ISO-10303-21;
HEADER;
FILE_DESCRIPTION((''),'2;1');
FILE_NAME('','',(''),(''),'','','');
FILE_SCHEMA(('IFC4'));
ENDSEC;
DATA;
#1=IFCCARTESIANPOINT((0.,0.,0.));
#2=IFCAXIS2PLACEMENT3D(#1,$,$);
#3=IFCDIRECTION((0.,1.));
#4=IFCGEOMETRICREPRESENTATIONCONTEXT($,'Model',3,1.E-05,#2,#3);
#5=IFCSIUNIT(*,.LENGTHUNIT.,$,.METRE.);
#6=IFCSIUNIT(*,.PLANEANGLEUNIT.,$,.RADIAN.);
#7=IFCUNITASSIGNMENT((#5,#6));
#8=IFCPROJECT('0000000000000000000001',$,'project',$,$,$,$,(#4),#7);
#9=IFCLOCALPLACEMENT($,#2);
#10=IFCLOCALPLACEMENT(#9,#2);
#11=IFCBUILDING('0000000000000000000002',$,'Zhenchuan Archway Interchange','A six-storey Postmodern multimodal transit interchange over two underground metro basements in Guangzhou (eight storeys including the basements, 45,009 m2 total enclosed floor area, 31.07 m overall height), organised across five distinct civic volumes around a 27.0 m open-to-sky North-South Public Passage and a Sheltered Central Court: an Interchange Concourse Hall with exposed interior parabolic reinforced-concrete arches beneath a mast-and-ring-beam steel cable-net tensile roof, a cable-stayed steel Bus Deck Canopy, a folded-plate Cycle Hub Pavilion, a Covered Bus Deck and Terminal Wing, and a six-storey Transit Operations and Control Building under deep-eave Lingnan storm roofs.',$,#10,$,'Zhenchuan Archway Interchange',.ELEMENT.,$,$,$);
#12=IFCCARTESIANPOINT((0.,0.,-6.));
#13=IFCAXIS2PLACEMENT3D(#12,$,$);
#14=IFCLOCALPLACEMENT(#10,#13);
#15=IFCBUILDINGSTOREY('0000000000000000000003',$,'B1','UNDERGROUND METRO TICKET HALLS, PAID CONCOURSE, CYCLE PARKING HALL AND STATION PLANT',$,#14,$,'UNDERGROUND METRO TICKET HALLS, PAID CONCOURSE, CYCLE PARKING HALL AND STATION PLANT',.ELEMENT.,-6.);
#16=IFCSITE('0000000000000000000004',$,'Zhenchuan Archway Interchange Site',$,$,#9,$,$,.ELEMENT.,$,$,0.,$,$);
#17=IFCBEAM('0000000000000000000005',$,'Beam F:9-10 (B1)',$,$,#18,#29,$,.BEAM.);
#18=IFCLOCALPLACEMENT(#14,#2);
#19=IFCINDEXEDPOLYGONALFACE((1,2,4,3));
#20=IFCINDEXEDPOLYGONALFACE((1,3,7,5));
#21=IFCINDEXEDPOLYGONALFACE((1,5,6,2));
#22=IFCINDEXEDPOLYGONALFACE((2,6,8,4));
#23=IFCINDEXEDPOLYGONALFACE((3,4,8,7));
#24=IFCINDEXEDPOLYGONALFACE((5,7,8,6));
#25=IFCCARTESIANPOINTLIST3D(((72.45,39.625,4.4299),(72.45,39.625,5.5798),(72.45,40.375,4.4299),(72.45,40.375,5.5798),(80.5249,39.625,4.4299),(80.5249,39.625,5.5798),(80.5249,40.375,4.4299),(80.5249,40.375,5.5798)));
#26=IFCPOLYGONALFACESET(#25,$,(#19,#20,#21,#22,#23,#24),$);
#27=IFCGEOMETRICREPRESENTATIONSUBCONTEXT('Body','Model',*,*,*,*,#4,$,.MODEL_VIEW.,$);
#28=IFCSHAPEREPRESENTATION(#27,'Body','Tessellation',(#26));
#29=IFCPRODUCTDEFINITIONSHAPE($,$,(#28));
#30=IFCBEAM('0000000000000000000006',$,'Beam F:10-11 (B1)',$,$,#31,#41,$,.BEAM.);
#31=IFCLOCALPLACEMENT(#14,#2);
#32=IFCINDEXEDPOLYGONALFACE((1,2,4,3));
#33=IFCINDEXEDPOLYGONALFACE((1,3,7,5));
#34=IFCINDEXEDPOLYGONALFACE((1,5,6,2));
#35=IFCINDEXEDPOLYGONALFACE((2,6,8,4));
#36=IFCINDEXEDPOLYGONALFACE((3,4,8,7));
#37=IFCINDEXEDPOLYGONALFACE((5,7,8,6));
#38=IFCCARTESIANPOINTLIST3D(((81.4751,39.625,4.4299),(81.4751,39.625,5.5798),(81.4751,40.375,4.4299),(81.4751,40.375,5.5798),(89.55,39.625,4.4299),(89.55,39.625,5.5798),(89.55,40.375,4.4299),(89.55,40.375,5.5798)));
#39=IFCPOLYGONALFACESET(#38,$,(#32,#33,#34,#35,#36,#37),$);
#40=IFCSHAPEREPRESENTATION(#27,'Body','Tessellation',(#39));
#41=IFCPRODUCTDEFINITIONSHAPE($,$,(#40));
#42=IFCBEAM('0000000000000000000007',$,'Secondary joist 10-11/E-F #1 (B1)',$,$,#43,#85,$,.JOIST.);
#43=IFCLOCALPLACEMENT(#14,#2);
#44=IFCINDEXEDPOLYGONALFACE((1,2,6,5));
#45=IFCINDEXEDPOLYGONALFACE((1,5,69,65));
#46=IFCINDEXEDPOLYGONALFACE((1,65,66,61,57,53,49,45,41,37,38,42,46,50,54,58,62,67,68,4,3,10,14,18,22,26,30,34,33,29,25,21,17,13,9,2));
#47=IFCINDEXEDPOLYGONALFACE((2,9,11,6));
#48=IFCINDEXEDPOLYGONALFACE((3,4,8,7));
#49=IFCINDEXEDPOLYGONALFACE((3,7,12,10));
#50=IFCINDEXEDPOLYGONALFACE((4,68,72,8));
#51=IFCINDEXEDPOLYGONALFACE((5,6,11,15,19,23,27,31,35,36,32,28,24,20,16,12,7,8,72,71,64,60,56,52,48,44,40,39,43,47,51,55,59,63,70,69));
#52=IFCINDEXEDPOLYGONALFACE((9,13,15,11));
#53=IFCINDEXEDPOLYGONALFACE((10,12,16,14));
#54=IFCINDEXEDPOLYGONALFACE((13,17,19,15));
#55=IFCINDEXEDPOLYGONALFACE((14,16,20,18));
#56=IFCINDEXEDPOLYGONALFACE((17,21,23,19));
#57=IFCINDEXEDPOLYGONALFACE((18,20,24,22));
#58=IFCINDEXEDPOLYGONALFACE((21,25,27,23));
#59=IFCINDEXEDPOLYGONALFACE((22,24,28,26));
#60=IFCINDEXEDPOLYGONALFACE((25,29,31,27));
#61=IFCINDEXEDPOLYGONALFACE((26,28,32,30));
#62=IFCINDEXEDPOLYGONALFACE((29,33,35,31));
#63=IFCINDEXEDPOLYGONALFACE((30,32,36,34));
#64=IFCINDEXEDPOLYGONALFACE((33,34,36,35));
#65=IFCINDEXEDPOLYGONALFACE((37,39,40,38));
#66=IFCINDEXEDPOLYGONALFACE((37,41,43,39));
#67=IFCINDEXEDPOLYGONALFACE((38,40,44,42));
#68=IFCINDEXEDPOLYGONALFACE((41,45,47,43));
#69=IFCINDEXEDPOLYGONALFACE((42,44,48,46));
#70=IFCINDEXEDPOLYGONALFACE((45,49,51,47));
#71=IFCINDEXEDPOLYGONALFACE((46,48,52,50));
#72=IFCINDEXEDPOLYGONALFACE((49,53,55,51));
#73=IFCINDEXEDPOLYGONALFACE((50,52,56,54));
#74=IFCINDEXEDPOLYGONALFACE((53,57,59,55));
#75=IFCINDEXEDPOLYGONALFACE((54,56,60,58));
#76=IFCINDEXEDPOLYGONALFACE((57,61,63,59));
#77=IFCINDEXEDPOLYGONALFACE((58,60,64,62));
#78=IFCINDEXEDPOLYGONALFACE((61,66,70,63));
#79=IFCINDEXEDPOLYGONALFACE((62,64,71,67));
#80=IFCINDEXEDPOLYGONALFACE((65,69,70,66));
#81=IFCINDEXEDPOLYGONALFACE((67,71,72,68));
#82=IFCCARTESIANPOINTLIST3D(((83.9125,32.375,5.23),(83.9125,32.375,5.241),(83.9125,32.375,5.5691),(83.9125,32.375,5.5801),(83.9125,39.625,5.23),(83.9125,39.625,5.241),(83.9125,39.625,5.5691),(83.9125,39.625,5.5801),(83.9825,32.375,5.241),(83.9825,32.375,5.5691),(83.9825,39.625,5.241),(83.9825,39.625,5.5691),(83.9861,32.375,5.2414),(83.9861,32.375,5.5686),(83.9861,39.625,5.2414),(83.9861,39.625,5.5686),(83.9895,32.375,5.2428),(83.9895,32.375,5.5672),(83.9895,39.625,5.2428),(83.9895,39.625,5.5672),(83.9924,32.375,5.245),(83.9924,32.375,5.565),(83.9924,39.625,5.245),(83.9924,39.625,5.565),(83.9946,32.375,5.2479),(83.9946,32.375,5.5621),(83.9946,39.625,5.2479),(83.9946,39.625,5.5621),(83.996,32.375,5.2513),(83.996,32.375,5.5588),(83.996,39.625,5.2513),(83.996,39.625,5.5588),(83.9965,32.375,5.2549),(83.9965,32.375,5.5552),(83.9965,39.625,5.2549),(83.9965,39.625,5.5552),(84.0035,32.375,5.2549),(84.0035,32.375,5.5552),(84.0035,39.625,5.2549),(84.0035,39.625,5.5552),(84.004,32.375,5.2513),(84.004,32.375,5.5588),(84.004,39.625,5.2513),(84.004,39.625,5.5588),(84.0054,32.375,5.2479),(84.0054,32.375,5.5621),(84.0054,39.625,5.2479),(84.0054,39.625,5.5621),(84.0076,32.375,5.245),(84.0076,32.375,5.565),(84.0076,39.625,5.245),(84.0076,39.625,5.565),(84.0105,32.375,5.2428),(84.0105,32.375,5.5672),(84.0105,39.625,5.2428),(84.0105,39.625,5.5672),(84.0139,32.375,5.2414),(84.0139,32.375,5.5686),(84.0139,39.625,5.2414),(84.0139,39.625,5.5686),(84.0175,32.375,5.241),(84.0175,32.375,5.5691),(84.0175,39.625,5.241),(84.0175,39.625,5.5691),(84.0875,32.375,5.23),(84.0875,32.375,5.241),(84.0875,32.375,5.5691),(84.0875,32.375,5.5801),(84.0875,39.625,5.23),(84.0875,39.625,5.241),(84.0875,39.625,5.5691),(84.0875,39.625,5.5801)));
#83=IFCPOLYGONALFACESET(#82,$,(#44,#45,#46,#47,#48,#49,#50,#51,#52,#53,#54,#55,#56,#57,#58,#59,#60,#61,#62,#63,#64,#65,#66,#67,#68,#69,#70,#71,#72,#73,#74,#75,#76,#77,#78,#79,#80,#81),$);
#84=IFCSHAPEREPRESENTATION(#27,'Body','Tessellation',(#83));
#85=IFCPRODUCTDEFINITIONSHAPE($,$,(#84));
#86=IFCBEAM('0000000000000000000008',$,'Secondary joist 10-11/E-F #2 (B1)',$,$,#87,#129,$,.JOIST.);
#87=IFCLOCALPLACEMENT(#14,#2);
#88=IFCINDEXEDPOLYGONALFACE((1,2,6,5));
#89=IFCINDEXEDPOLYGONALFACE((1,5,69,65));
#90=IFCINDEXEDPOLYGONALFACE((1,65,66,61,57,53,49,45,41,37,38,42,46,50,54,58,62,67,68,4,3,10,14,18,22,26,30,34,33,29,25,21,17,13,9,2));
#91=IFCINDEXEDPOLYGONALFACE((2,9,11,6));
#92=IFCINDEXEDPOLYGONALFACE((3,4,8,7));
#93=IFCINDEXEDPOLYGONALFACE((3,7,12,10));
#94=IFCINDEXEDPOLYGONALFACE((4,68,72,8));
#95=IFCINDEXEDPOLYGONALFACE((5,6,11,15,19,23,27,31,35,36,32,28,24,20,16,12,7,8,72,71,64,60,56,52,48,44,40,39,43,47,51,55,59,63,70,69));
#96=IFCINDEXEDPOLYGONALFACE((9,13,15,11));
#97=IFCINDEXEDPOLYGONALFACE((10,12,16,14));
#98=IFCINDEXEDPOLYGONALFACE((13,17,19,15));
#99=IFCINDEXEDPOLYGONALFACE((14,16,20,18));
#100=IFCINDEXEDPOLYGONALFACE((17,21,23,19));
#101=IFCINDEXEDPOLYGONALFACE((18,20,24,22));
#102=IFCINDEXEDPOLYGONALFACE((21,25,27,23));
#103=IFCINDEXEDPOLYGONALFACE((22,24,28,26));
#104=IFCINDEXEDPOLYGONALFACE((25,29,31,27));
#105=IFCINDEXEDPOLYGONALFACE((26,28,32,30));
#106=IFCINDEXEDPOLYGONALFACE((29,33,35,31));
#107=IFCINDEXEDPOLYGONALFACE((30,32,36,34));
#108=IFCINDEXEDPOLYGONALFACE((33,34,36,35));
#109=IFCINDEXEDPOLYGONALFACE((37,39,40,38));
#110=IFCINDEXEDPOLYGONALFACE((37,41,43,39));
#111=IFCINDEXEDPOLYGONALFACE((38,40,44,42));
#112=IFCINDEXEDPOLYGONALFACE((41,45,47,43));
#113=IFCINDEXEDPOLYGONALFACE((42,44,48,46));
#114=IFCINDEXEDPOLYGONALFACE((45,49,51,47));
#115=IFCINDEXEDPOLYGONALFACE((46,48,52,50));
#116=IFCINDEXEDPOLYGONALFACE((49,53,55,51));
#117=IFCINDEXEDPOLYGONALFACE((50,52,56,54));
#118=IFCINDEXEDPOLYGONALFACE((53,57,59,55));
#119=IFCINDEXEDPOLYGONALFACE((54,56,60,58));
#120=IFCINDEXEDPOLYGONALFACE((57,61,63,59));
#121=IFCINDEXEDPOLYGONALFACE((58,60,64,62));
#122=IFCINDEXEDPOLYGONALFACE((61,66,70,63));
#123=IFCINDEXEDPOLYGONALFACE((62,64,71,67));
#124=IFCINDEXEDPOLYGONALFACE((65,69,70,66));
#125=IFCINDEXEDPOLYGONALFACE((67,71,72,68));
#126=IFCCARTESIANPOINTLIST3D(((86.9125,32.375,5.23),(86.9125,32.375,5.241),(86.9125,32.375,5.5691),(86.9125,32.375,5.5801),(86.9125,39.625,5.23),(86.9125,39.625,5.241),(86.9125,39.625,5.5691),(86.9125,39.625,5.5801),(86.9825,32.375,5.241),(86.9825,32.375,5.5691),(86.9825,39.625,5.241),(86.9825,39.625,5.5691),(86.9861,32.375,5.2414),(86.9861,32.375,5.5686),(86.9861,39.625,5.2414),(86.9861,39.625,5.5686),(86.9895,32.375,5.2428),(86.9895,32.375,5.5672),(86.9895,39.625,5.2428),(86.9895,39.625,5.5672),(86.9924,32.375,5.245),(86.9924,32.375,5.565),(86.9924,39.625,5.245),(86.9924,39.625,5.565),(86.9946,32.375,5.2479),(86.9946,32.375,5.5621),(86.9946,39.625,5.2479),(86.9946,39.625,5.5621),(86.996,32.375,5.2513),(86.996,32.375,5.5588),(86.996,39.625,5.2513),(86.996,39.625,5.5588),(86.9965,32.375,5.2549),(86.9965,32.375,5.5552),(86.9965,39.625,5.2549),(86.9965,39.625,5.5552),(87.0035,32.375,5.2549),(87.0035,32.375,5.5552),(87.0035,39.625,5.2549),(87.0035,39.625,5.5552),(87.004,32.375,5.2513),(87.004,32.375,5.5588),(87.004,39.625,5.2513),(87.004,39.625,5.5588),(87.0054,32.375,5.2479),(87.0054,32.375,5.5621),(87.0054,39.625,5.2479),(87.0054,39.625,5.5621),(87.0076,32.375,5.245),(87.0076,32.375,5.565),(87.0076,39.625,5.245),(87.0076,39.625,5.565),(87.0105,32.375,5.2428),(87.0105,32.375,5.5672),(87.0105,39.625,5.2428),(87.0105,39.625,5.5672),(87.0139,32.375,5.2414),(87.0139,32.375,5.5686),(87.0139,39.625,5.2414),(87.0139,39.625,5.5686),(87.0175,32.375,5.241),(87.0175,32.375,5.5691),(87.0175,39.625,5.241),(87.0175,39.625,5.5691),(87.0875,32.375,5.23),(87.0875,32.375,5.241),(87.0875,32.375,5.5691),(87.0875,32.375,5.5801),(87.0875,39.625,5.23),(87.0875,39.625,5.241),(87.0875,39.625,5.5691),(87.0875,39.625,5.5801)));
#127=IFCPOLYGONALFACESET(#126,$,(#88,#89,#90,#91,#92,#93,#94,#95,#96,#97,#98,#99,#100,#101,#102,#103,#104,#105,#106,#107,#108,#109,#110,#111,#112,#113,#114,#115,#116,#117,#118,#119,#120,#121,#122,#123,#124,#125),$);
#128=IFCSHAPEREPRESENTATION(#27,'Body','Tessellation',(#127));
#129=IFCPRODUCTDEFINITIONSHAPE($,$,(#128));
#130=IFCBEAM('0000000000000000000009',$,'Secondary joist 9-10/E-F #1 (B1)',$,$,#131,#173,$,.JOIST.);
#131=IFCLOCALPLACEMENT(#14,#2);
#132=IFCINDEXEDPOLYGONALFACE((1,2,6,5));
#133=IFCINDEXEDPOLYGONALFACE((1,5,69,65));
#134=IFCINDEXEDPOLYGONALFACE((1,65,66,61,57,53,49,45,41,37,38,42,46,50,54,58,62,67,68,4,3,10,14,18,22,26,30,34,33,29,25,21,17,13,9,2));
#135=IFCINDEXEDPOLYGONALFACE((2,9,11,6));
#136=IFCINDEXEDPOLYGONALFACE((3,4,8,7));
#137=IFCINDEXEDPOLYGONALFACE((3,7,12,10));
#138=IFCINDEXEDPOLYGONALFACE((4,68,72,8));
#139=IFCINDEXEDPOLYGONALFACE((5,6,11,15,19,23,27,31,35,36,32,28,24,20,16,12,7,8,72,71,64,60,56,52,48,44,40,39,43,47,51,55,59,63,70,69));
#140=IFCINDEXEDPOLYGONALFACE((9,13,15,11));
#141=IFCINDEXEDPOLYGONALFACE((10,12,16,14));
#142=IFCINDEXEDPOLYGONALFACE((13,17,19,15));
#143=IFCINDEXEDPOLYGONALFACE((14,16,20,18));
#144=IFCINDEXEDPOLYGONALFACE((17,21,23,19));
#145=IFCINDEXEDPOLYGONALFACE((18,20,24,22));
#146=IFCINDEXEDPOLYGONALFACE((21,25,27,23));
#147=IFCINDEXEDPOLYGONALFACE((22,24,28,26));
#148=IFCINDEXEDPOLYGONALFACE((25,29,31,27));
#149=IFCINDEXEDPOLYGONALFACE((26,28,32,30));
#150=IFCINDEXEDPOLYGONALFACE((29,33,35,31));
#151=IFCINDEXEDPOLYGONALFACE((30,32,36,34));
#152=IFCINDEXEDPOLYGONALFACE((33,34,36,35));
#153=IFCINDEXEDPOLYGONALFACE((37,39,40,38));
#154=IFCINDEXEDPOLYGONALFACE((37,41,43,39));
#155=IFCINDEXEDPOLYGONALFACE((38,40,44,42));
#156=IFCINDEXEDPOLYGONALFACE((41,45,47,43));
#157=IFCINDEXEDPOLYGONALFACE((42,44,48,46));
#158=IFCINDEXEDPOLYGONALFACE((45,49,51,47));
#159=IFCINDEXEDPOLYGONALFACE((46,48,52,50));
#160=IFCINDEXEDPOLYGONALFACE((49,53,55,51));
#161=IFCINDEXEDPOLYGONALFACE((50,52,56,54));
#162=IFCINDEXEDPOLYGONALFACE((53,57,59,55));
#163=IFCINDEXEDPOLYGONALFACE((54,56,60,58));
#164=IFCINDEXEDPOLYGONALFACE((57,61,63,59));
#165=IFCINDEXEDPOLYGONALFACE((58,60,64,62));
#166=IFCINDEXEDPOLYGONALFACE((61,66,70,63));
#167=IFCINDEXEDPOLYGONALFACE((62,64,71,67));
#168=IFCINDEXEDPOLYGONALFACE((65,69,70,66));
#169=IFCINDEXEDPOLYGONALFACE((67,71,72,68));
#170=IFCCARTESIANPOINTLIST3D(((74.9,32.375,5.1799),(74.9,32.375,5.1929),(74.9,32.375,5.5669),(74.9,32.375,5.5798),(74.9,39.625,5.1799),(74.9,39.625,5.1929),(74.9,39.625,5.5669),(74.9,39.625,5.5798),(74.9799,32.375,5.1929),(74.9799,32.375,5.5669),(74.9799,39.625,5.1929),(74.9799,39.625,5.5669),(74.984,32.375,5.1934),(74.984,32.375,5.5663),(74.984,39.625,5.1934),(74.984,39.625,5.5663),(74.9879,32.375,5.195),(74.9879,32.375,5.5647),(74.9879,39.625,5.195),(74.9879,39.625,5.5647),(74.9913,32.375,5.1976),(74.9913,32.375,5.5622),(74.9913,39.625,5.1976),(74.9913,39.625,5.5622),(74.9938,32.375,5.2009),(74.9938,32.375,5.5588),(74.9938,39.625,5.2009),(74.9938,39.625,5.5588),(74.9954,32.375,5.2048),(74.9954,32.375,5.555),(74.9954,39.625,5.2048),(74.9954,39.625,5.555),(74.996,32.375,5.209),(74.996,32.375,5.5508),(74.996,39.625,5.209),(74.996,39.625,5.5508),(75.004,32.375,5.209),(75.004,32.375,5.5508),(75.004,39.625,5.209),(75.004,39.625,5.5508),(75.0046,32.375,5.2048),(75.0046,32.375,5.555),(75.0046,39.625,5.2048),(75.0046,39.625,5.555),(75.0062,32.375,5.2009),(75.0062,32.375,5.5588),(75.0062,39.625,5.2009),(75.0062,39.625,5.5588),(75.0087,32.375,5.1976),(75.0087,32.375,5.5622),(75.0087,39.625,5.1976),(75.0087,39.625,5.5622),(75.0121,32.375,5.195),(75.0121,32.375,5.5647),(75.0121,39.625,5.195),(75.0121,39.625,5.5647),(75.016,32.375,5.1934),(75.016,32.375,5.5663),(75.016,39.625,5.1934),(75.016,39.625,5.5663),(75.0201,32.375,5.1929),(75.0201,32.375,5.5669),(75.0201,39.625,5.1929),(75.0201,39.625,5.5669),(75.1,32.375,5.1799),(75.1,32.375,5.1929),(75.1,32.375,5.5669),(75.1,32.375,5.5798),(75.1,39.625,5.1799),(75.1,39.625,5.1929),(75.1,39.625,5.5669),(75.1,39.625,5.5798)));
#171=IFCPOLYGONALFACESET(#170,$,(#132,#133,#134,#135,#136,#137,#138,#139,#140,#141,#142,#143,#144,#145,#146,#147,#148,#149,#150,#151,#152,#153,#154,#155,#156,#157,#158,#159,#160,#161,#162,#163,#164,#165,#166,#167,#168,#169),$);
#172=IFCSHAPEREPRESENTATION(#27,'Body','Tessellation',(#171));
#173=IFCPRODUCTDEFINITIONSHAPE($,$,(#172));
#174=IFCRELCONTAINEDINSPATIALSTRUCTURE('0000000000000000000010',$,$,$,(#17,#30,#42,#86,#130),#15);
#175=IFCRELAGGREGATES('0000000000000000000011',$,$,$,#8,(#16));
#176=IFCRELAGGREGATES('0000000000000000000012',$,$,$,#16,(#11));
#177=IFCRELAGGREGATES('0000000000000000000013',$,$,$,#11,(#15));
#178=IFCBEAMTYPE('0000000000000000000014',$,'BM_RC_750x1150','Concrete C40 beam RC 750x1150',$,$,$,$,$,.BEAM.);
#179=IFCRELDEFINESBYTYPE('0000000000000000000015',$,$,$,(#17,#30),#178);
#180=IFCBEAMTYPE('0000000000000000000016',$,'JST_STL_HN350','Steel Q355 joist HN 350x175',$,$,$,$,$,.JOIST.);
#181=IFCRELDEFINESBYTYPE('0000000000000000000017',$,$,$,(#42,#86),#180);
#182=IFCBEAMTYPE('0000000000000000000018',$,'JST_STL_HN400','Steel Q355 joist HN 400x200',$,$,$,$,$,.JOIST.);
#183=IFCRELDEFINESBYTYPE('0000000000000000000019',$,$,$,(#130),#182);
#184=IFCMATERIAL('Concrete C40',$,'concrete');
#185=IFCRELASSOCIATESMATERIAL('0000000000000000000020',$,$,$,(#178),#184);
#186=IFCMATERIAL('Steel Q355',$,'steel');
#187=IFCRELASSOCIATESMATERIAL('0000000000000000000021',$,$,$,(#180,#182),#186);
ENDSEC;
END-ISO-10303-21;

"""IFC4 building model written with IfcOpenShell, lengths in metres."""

from ifc_helpers import new_model, si_unit, direction, frame, origin, origin_2d, place, context, subcontext, project, spatial, rectangle, i_section, extrude, material, material_profile, profile_set, type_object, element, save


model = new_model("IFC4")

# Units and contexts
model_context = context("Model", 3, precision=1e-05, world=origin(), true_north=direction((0.0, 1.0)))
body_context = subcontext(model_context, "Body", "Model", "MODEL_VIEW")
ifc_project = project(units=[si_unit("LENGTHUNIT", "METRE"), si_unit("PLANEANGLEUNIT", "RADIAN")], contexts=[model_context])

# Site, building, storey
site_placement = place(None, origin())
site = spatial("IfcSite", under=ifc_project, at=site_placement, Name="Zhenchuan Archway Interchange Site", CompositionType="ELEMENT", RefElevation=0.0)
building_placement = place(site_placement, origin())
building = spatial("IfcBuilding", under=site, at=building_placement, Name="Zhenchuan Archway Interchange", Description="A six-storey Postmodern multimodal transit interchange over two underground metro basements in Guangzhou (eight storeys including the basements, 45,009 m2 total enclosed floor area, 31.07 m overall height), organised across five distinct civic volumes around a 27.0 m open-to-sky North-South Public Passage and a Sheltered Central Court: an Interchange Concourse Hall with exposed interior parabolic reinforced-concrete arches beneath a mast-and-ring-beam steel cable-net tensile roof, a cable-stayed steel Bus Deck Canopy, a folded-plate Cycle Hub Pavilion, a Covered Bus Deck and Terminal Wing, and a six-storey Transit Operations and Control Building under deep-eave Lingnan storm roofs.", LongName="Zhenchuan Archway Interchange", CompositionType="ELEMENT")
storey_placement = place(building_placement, frame((0.0, 0.0, -6.0)))
storey = spatial("IfcBuildingStorey", under=building, at=storey_placement, Name="B1", Description="UNDERGROUND METRO TICKET HALLS, PAID CONCOURSE, CYCLE PARKING HALL AND STATION PLANT", LongName="UNDERGROUND METRO TICKET HALLS, PAID CONCOURSE, CYCLE PARKING HALL AND STATION PLANT", CompositionType="ELEMENT", Elevation=-6.0)

# Beams
ifc_material_1 = material(Name="Concrete C40", Category="concrete")
ifc_material_profile_1 = material_profile(ifc_material_1, rectangle(XDim=0.75, YDim=1.1499, at=origin_2d()), Name="RC 750x1150")
ifc_profile_set_1 = profile_set([ifc_material_profile_1], Name="Concrete C40")
beam_type_1 = type_object("IfcBeamType", Name="BM_RC_750x1150", Description="Concrete C40 beam RC 750x1150", PredefinedType="BEAM", material=ifc_profile_set_1)
for number, where, z_axis, x_axis, name in (
    (1, (72.45, 40.0, 5.0049), (1.0, 0.0, 0.0), (0.0, 1.0, 0.0), "Beam F:9-10 (B1)"),
    (2, (81.4751, 40.0, 5.0049), (1.0, 0.0, 0.0), (0.0, 1.0, 0.0), "Beam F:10-11 (B1)"),
):
    element("IfcBeam", number, at=place(storey_placement, frame(where, z_axis=z_axis, x_axis=x_axis)), inside=storey, type_object=beam_type_1, Name=name, PredefinedType="BEAM", context=body_context, shape_type="SweptSolid", body=[
        extrude(rectangle(XDim=0.75, YDim=1.1499, at=origin_2d()), origin(), (0.0, 0.0, 1.0), 8.075),
    ])
ifc_material_2 = material(Name="Steel Q355", Category="steel")
ifc_material_profile_2 = material_profile(ifc_material_2, i_section(OverallWidth=0.175, OverallDepth=0.3501, WebThickness=0.0071, FlangeThickness=0.011, FilletRadius=0.0139, at=origin_2d()), Name="HN 350x175")
ifc_profile_set_2 = profile_set([ifc_material_profile_2], Name="Steel Q355")
beam_type_2 = type_object("IfcBeamType", Name="JST_STL_HN350", Description="Steel Q355 joist HN 350x175", PredefinedType="JOIST", material=ifc_profile_set_2)
for number, where, z_axis, x_axis, name in (
    (3, (84.0, 32.375, 5.405), (0.0, 1.0, 0.0), (-1.0, 0.0, 0.0), "Secondary joist 10-11/E-F #1 (B1)"),
    (4, (87.0, 32.375, 5.405), (0.0, 1.0, 0.0), (-1.0, 0.0, 0.0), "Secondary joist 10-11/E-F #2 (B1)"),
):
    element("IfcBeam", number, at=place(storey_placement, frame(where, z_axis=z_axis, x_axis=x_axis)), inside=storey, type_object=beam_type_2, Name=name, PredefinedType="JOIST", context=body_context, shape_type="SweptSolid", body=[
        extrude(i_section(OverallWidth=0.175, OverallDepth=0.3501, WebThickness=0.0071, FlangeThickness=0.011, FilletRadius=0.0139, at=origin_2d()), origin(), (0.0, 0.0, 1.0), 7.25),
    ])
ifc_material_profile_3 = material_profile(ifc_material_2, i_section(OverallWidth=0.2, OverallDepth=0.3999, WebThickness=0.0081, FlangeThickness=0.0129, FilletRadius=0.0161, at=origin_2d()), Name="HN 400x200")
ifc_profile_set_3 = profile_set([ifc_material_profile_3], Name="Steel Q355")
beam_type_3 = type_object("IfcBeamType", Name="JST_STL_HN400", Description="Steel Q355 joist HN 400x200", PredefinedType="JOIST", material=ifc_profile_set_3)
for number, where, z_axis, x_axis, name in (
    (5, (75.0, 32.375, 5.3799), (0.0, 1.0, 0.0), (-1.0, 0.0, 0.0), "Secondary joist 9-10/E-F #1 (B1)"),
):
    element("IfcBeam", number, at=place(storey_placement, frame(where, z_axis=z_axis, x_axis=x_axis)), inside=storey, type_object=beam_type_3, Name=name, PredefinedType="JOIST", context=body_context, shape_type="SweptSolid", body=[
        extrude(i_section(OverallWidth=0.2, OverallDepth=0.3999, WebThickness=0.0081, FlangeThickness=0.0129, FilletRadius=0.0161, at=origin_2d()), origin(), (0.0, 0.0, 1.0), 7.25),
    ])

save(model, "model.ifc")
